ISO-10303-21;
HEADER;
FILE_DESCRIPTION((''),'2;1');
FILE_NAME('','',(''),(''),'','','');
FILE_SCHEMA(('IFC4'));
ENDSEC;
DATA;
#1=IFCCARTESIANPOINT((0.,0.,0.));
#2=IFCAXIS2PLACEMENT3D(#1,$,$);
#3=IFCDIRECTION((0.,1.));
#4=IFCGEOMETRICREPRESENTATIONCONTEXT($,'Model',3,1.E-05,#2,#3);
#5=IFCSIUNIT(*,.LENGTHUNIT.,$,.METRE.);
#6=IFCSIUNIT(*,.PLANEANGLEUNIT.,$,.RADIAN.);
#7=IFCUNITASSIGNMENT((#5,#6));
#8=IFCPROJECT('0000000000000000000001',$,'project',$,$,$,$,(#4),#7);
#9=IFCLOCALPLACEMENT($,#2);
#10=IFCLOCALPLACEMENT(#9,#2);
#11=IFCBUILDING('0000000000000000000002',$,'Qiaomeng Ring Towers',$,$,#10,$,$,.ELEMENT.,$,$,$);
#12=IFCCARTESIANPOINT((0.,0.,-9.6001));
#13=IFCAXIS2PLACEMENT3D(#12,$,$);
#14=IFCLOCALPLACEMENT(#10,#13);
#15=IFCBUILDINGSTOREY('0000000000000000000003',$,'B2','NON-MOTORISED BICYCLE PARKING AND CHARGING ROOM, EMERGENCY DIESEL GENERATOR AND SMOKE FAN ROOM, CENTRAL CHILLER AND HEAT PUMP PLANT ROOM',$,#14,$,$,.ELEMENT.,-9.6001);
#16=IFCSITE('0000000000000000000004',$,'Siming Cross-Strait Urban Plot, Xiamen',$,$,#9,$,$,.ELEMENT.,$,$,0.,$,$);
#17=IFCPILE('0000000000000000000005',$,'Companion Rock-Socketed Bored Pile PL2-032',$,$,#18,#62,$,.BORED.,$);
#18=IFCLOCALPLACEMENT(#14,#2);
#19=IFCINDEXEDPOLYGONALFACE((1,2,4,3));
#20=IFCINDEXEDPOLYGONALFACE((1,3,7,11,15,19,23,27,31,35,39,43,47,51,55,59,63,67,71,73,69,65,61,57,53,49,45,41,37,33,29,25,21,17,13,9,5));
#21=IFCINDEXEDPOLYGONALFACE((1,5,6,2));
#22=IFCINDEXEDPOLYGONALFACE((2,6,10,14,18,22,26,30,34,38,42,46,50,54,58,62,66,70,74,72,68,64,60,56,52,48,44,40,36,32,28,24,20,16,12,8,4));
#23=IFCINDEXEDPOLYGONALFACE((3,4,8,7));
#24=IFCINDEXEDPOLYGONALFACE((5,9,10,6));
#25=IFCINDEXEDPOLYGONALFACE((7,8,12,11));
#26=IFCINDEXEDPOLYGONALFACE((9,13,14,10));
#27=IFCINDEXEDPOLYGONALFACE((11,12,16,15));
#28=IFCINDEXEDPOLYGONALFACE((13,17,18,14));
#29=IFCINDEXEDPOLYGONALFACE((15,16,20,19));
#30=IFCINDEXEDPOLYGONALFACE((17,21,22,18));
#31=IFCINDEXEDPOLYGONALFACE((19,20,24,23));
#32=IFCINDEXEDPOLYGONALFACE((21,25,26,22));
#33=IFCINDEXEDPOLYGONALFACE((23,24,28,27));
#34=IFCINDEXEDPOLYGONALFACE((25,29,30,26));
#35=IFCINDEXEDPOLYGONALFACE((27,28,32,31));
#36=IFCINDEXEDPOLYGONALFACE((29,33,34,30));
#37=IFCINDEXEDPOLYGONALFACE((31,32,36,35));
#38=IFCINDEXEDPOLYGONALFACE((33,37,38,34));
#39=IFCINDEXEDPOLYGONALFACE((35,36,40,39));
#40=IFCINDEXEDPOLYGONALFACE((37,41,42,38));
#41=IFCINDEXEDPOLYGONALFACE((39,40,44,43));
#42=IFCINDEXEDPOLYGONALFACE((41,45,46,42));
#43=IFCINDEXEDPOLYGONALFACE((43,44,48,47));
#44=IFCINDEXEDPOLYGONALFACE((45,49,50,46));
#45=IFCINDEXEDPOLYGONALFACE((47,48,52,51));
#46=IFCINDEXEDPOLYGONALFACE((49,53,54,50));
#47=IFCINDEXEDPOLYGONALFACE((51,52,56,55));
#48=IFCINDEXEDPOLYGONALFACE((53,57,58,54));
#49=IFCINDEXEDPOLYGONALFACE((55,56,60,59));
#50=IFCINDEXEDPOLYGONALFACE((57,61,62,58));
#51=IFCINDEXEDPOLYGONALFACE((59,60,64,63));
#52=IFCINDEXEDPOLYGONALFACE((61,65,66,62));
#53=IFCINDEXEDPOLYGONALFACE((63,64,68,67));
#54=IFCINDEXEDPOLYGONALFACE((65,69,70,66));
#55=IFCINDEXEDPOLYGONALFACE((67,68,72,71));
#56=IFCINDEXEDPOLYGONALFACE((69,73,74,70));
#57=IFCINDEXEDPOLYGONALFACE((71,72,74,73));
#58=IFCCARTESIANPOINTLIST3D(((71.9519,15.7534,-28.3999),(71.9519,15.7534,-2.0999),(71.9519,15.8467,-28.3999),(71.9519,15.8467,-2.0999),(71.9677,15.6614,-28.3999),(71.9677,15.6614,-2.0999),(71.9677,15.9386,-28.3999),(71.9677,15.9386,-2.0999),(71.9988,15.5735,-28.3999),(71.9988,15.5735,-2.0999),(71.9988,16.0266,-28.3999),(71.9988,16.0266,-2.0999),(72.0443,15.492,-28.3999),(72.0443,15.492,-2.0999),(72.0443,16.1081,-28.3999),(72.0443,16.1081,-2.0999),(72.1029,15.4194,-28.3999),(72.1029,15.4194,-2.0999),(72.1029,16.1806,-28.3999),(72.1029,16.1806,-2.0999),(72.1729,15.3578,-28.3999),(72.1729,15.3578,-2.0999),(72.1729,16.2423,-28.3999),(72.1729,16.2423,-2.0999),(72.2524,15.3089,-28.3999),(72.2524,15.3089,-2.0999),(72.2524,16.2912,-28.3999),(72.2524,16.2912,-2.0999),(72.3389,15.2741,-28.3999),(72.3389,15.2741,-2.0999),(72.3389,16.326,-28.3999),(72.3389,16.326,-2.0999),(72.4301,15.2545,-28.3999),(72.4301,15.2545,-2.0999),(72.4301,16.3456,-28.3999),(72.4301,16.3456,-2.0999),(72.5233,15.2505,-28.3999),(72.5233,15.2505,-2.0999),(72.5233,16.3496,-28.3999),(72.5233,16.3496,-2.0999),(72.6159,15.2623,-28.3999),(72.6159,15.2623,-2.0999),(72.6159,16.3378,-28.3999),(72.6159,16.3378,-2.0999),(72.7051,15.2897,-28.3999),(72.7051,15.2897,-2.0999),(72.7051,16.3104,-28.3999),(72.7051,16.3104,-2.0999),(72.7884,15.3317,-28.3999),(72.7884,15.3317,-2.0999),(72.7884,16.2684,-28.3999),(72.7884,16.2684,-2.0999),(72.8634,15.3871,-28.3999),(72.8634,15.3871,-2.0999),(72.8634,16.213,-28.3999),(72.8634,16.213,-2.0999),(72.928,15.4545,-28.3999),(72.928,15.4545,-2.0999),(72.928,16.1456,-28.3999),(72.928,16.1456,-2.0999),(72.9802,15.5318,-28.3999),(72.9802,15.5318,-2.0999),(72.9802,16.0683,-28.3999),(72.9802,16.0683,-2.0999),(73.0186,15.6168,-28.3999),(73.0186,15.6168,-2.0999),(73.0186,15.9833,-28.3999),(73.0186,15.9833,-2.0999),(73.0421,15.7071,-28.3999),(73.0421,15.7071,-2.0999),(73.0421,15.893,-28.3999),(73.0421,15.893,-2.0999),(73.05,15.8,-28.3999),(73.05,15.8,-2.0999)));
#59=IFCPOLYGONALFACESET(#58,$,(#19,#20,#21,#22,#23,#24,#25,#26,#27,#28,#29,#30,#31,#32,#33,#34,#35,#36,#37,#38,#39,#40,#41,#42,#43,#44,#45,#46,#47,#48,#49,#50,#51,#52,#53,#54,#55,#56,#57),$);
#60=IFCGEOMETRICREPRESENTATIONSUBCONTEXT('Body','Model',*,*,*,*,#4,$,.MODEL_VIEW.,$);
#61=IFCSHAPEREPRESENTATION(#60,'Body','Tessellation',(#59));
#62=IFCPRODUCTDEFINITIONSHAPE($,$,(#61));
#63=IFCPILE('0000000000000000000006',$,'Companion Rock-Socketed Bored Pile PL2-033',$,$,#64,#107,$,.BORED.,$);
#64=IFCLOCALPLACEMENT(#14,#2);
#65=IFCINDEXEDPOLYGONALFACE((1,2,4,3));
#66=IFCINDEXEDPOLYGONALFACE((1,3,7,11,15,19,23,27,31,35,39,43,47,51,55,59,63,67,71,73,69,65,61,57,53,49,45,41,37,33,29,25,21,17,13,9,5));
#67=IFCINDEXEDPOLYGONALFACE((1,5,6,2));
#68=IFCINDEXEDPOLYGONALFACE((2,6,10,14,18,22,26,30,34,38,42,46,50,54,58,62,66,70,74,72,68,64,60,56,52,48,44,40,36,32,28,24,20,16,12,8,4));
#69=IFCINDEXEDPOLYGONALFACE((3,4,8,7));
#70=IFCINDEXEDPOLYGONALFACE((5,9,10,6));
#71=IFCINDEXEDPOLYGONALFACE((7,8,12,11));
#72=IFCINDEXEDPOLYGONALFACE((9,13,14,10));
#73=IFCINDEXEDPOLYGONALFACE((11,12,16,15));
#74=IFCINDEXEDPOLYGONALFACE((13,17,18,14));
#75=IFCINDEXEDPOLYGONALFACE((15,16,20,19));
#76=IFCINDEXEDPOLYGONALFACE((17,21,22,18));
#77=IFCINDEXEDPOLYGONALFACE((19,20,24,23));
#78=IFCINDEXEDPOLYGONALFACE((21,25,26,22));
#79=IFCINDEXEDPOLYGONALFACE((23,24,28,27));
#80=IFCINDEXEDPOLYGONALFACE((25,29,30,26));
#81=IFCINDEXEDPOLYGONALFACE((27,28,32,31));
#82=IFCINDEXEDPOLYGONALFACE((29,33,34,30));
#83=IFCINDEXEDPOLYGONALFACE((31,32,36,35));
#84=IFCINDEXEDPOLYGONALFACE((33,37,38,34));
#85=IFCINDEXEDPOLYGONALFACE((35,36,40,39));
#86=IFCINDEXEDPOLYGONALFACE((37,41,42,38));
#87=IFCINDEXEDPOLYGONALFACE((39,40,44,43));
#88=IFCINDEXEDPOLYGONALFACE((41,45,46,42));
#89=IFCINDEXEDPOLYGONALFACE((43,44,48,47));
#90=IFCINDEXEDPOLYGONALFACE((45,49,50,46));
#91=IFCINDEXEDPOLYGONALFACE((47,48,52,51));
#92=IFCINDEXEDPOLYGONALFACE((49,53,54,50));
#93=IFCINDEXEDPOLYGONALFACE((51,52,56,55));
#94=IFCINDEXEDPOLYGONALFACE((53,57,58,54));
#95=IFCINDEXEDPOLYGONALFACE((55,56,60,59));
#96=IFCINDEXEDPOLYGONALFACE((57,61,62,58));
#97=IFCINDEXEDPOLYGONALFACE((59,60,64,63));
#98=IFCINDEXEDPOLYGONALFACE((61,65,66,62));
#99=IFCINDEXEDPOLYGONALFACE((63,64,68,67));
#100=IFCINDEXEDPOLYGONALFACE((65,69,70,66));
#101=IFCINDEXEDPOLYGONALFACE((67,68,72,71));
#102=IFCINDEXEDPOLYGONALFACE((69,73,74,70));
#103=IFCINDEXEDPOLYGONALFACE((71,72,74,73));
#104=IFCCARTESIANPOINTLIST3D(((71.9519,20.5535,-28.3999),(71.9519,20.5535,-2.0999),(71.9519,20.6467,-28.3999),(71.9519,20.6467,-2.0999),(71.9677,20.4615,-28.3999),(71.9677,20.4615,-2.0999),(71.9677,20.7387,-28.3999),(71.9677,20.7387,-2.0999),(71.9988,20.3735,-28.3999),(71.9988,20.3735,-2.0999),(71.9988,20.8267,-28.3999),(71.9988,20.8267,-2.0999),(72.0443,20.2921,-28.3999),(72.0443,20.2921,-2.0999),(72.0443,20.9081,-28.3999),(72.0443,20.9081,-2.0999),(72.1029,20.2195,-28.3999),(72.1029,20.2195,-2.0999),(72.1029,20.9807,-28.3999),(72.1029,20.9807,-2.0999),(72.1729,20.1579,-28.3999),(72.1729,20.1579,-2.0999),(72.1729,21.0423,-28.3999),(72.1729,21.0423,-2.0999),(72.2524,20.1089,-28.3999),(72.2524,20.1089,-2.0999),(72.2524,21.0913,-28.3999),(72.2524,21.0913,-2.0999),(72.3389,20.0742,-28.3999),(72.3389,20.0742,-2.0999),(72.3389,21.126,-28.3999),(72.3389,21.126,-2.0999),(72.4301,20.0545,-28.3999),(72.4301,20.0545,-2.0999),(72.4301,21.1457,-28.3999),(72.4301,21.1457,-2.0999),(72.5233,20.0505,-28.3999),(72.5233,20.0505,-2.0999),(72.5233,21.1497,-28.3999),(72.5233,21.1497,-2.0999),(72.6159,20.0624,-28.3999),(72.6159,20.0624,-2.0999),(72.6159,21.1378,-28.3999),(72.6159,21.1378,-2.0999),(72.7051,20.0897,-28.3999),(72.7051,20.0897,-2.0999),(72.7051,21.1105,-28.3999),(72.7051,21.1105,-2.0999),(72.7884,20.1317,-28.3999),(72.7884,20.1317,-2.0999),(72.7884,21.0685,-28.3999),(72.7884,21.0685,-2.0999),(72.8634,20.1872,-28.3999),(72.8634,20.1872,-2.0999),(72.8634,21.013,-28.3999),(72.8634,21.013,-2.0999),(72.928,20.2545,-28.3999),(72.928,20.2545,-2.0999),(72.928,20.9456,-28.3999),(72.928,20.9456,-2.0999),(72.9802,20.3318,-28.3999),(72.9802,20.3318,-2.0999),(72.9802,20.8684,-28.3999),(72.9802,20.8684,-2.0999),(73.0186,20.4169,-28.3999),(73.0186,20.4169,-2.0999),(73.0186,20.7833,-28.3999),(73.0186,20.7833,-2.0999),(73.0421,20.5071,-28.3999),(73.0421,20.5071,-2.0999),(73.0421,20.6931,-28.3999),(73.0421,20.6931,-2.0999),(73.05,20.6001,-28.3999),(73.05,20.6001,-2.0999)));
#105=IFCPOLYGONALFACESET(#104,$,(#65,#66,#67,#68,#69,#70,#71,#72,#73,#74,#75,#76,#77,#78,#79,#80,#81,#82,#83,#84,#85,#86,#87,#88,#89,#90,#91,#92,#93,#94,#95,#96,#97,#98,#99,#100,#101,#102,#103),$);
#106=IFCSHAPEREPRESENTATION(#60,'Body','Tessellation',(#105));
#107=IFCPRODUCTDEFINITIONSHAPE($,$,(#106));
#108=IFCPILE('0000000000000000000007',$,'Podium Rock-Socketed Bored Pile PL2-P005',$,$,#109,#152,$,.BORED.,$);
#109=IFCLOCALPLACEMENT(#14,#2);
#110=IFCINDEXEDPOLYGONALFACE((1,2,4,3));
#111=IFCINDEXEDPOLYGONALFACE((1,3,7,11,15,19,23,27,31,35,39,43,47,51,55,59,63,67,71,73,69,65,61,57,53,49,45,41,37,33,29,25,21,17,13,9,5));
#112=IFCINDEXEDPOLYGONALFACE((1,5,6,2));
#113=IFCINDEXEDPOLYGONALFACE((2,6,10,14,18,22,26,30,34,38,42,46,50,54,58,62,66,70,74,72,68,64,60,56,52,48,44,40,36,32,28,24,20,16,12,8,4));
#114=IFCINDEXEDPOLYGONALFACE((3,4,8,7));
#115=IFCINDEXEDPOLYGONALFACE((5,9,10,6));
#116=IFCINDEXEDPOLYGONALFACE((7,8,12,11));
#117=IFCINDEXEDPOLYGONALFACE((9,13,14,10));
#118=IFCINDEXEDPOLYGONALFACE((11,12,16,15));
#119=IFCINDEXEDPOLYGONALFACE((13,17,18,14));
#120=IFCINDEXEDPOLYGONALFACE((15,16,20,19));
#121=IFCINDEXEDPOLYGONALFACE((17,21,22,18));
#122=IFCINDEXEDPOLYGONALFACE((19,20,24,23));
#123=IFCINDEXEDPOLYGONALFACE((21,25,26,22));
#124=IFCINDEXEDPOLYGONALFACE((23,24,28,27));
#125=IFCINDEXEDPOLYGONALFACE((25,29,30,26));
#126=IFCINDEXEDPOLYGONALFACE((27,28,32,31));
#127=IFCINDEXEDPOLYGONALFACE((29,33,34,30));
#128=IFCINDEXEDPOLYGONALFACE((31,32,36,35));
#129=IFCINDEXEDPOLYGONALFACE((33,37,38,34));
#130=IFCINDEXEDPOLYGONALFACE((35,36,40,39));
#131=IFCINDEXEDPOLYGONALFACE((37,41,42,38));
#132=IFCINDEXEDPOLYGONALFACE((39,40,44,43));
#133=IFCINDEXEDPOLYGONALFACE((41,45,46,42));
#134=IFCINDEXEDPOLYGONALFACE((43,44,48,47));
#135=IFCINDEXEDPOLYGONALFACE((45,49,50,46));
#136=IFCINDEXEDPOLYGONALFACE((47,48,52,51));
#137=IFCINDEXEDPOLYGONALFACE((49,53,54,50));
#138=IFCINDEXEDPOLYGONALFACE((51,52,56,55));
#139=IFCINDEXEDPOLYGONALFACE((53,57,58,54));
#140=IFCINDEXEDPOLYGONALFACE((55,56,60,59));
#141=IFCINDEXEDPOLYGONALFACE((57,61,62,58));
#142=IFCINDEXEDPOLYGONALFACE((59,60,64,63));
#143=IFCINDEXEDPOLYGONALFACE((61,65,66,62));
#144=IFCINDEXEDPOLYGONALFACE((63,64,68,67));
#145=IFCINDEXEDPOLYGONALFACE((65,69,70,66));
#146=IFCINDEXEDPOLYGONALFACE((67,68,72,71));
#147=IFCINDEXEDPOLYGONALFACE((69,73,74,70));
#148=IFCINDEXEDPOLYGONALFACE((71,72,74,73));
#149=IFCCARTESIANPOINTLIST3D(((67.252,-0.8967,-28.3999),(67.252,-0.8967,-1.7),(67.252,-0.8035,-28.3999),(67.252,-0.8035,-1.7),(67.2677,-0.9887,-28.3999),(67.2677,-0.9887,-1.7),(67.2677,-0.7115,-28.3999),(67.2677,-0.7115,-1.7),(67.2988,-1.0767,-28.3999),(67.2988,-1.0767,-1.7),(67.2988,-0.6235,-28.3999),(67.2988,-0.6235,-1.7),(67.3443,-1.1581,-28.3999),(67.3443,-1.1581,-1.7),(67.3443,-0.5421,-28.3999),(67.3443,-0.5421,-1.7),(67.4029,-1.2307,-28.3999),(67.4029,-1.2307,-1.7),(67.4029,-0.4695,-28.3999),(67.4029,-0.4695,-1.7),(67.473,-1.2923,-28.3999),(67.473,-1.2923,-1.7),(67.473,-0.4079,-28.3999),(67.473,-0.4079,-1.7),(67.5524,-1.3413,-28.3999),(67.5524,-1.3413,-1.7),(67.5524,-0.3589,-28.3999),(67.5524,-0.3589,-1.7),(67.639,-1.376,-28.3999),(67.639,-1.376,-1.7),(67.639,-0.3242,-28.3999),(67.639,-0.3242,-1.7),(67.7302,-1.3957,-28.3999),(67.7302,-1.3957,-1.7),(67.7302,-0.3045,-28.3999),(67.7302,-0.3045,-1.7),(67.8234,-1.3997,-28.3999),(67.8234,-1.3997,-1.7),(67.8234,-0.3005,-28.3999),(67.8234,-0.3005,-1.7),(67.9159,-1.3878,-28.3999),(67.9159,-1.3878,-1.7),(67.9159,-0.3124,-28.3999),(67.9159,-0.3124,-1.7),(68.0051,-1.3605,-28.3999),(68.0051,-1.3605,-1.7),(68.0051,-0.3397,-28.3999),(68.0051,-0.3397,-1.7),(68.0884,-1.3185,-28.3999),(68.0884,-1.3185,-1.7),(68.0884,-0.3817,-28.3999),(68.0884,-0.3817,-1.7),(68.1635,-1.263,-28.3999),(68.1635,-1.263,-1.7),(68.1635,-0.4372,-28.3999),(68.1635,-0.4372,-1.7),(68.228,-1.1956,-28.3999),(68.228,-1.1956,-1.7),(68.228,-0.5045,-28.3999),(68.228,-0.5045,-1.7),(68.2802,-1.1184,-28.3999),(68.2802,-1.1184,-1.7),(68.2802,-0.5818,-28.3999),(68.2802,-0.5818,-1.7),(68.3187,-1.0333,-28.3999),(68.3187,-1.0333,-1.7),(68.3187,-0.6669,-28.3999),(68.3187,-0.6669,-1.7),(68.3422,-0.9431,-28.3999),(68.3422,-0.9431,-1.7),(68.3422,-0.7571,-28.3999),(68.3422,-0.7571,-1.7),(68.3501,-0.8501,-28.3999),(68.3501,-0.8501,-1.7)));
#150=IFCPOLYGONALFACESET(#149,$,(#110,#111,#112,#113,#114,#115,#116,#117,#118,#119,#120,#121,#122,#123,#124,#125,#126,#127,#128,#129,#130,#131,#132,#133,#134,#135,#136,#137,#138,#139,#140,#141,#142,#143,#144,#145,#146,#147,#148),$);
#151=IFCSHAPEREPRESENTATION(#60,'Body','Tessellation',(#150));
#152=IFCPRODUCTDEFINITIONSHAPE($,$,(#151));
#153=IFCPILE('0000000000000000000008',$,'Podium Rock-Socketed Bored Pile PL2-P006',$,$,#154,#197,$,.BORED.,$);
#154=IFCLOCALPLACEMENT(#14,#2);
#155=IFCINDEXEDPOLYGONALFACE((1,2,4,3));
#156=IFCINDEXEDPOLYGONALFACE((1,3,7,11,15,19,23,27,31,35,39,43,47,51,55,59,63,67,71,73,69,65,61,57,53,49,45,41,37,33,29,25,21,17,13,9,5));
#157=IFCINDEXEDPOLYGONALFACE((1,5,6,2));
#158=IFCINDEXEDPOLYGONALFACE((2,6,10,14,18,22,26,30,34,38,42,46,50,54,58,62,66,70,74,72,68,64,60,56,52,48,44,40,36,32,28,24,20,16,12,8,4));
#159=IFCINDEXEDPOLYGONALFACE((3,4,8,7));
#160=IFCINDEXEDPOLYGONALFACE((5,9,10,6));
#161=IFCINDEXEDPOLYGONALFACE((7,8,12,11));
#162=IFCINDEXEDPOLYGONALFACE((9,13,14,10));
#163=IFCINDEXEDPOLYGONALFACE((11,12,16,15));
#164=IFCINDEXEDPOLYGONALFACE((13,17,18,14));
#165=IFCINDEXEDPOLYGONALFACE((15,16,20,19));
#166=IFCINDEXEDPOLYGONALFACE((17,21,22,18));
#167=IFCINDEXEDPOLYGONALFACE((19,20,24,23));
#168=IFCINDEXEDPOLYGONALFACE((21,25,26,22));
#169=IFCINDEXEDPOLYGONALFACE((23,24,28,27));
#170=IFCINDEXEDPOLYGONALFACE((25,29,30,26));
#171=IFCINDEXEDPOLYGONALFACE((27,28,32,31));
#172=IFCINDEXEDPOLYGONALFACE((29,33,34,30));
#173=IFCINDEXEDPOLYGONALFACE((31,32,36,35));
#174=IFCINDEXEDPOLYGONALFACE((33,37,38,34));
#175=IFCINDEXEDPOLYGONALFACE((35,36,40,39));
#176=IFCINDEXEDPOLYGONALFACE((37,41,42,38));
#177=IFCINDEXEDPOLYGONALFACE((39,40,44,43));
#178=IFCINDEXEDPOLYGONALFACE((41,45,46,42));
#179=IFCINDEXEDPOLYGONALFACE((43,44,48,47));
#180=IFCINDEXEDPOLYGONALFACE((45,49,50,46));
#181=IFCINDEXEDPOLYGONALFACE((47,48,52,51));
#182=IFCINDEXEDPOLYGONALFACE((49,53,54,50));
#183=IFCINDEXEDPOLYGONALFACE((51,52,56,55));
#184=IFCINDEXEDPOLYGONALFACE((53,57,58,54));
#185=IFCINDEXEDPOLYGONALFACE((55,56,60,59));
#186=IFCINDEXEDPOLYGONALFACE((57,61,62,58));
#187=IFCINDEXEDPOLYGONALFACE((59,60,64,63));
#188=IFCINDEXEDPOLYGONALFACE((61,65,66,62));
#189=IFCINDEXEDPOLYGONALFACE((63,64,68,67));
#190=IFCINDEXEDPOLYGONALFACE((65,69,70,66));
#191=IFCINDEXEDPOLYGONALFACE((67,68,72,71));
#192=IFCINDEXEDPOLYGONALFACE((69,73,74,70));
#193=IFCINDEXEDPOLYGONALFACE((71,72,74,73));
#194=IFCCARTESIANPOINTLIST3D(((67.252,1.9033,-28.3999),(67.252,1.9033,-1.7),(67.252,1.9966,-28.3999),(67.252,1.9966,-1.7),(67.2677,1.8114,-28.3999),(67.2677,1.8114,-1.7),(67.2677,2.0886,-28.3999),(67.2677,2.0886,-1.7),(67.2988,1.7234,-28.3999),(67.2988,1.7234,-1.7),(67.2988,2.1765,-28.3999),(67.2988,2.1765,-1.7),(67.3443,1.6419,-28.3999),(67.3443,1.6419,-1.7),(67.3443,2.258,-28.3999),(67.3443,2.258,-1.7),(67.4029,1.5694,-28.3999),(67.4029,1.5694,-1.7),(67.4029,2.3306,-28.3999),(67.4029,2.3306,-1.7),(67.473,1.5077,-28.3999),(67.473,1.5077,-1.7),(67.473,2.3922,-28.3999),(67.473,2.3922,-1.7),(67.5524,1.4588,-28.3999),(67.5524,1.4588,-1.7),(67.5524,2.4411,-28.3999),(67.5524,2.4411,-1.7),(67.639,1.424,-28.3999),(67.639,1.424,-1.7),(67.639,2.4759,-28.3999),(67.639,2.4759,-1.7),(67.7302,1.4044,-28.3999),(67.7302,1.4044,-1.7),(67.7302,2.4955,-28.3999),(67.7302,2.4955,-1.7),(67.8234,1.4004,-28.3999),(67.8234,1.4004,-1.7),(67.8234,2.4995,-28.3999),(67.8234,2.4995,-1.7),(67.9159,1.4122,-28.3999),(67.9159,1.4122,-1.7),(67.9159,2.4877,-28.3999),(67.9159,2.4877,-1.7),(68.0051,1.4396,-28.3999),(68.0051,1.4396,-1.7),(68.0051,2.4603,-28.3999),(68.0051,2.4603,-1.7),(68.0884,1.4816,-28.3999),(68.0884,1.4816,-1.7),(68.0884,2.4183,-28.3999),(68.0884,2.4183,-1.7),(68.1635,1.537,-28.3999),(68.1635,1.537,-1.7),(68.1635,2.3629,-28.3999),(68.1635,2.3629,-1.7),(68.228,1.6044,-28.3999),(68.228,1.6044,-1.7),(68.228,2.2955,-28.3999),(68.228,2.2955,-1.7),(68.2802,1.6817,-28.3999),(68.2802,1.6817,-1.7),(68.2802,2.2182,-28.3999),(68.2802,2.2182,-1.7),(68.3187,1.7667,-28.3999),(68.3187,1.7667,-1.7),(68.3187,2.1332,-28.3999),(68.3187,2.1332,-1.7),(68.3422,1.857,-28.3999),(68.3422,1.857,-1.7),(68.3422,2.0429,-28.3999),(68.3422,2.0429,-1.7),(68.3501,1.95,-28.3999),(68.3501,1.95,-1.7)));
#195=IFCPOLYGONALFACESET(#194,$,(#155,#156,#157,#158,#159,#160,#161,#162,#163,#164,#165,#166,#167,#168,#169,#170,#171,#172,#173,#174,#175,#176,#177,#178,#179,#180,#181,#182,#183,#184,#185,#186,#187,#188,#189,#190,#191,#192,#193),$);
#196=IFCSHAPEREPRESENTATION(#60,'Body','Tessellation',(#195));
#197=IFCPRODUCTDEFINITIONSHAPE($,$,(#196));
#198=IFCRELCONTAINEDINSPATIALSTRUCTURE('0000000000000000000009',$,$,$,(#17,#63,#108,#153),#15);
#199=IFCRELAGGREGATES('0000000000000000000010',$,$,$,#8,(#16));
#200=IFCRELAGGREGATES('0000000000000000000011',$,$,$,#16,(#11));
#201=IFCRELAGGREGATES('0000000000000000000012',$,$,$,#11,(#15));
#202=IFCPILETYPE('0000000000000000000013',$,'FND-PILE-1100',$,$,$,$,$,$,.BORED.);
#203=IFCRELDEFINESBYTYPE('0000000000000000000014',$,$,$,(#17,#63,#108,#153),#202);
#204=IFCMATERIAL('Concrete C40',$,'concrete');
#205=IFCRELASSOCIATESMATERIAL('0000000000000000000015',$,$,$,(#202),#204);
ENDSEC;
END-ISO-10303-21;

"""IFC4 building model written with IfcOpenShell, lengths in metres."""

from ifc_helpers import new_model, si_unit, direction, frame, origin, origin_2d, place, context, subcontext, project, spatial, circle, extrude, source, transform, mapped, material, material_profile, profile_set, type_object, element, save


model = new_model("IFC4")

# Units and contexts
model_context = context("Model", 3, precision=1e-05, world=origin(), true_north=direction((0.0, 1.0)))
body_context = subcontext(model_context, "Body", "Model", "MODEL_VIEW")
ifc_project = project(units=[si_unit("LENGTHUNIT", "METRE"), si_unit("PLANEANGLEUNIT", "RADIAN")], contexts=[model_context])

# Site, building, storey
site_placement = place(None, origin())
site = spatial("IfcSite", under=ifc_project, at=site_placement, Name="Siming Cross-Strait Urban Plot, Xiamen", CompositionType="ELEMENT", RefElevation=0.0)
building_placement = place(site_placement, origin())
building = spatial("IfcBuilding", under=site, at=building_placement, Name="Qiaomeng Ring Towers", CompositionType="ELEMENT")
storey_placement = place(building_placement, frame((0.0, 0.0, -9.6001)))
storey = spatial("IfcBuildingStorey", under=building, at=storey_placement, Name="B2", Description="NON-MOTORISED BICYCLE PARKING AND CHARGING ROOM, EMERGENCY DIESEL GENERATOR AND SMOKE FAN ROOM, CENTRAL CHILLER AND HEAT PUMP PLANT ROOM", CompositionType="ELEMENT", Elevation=-9.6001)

# Piles
ifc_material_1 = material(Name="Concrete C40", Category="concrete")
ifc_material_profile_1 = material_profile(ifc_material_1, circle(Radius=0.55, at=origin_2d()), Name="BORED PILE 1100")
ifc_profile_set_1 = profile_set([ifc_material_profile_1], Name="Concrete C40")
pile_type = type_object("IfcPileType", Name="FND-PILE-1100", PredefinedType="BORED", material=ifc_profile_set_1)
shared_shape_1 = source(origin(), body_context, "Body", "SweptSolid", [
    extrude(circle(Radius=0.55, at=origin_2d()), origin(), (0.0, 0.0, 1.0), 26.3),
])
for number, where, z_axis, x_axis, name in (
    (1, (72.5, 15.8, -2.0999), (0.0, 0.0, -1.0), (1.0, 0.0, 0.0), "Companion Rock-Socketed Bored Pile PL2-032"),
    (2, (72.5, 20.6001, -2.0999), (0.0, 0.0, -1.0), (1.0, 0.0, 0.0), "Companion Rock-Socketed Bored Pile PL2-033"),
):
    element("IfcPile", number, at=place(storey_placement, frame(where, z_axis=z_axis, x_axis=x_axis)), inside=storey, type_object=pile_type, Name=name, PredefinedType="BORED", context=body_context, shape_type="MappedRepresentation", body=[
        mapped(shared_shape_1, transform((0.0, 0.0, 0.0), x_axis=(1.0, 0.0, 0.0), y_axis=(0.0, 1.0, 0.0), z_axis=(0.0, 0.0, 1.0), scale=1.0)),
    ])
shared_shape_2 = source(origin(), body_context, "Body", "SweptSolid", [
    extrude(circle(Radius=0.55, at=origin_2d()), origin(), (0.0, 0.0, 1.0), 26.7),
])
for number, where, z_axis, x_axis, name in (
    (3, (67.8, -0.8501, -1.7), (0.0, 0.0, -1.0), (1.0, 0.0, 0.0), "Podium Rock-Socketed Bored Pile PL2-P005"),
    (4, (67.8, 1.95, -1.7), (0.0, 0.0, -1.0), (1.0, 0.0, 0.0), "Podium Rock-Socketed Bored Pile PL2-P006"),
):
    element("IfcPile", number, at=place(storey_placement, frame(where, z_axis=z_axis, x_axis=x_axis)), inside=storey, type_object=pile_type, Name=name, PredefinedType="BORED", context=body_context, shape_type="MappedRepresentation", body=[
        mapped(shared_shape_2, transform((0.0, 0.0, 0.0), x_axis=(1.0, 0.0, 0.0), y_axis=(0.0, 1.0, 0.0), z_axis=(0.0, 0.0, 1.0), scale=1.0)),
    ])

save(model, "model.ifc")
